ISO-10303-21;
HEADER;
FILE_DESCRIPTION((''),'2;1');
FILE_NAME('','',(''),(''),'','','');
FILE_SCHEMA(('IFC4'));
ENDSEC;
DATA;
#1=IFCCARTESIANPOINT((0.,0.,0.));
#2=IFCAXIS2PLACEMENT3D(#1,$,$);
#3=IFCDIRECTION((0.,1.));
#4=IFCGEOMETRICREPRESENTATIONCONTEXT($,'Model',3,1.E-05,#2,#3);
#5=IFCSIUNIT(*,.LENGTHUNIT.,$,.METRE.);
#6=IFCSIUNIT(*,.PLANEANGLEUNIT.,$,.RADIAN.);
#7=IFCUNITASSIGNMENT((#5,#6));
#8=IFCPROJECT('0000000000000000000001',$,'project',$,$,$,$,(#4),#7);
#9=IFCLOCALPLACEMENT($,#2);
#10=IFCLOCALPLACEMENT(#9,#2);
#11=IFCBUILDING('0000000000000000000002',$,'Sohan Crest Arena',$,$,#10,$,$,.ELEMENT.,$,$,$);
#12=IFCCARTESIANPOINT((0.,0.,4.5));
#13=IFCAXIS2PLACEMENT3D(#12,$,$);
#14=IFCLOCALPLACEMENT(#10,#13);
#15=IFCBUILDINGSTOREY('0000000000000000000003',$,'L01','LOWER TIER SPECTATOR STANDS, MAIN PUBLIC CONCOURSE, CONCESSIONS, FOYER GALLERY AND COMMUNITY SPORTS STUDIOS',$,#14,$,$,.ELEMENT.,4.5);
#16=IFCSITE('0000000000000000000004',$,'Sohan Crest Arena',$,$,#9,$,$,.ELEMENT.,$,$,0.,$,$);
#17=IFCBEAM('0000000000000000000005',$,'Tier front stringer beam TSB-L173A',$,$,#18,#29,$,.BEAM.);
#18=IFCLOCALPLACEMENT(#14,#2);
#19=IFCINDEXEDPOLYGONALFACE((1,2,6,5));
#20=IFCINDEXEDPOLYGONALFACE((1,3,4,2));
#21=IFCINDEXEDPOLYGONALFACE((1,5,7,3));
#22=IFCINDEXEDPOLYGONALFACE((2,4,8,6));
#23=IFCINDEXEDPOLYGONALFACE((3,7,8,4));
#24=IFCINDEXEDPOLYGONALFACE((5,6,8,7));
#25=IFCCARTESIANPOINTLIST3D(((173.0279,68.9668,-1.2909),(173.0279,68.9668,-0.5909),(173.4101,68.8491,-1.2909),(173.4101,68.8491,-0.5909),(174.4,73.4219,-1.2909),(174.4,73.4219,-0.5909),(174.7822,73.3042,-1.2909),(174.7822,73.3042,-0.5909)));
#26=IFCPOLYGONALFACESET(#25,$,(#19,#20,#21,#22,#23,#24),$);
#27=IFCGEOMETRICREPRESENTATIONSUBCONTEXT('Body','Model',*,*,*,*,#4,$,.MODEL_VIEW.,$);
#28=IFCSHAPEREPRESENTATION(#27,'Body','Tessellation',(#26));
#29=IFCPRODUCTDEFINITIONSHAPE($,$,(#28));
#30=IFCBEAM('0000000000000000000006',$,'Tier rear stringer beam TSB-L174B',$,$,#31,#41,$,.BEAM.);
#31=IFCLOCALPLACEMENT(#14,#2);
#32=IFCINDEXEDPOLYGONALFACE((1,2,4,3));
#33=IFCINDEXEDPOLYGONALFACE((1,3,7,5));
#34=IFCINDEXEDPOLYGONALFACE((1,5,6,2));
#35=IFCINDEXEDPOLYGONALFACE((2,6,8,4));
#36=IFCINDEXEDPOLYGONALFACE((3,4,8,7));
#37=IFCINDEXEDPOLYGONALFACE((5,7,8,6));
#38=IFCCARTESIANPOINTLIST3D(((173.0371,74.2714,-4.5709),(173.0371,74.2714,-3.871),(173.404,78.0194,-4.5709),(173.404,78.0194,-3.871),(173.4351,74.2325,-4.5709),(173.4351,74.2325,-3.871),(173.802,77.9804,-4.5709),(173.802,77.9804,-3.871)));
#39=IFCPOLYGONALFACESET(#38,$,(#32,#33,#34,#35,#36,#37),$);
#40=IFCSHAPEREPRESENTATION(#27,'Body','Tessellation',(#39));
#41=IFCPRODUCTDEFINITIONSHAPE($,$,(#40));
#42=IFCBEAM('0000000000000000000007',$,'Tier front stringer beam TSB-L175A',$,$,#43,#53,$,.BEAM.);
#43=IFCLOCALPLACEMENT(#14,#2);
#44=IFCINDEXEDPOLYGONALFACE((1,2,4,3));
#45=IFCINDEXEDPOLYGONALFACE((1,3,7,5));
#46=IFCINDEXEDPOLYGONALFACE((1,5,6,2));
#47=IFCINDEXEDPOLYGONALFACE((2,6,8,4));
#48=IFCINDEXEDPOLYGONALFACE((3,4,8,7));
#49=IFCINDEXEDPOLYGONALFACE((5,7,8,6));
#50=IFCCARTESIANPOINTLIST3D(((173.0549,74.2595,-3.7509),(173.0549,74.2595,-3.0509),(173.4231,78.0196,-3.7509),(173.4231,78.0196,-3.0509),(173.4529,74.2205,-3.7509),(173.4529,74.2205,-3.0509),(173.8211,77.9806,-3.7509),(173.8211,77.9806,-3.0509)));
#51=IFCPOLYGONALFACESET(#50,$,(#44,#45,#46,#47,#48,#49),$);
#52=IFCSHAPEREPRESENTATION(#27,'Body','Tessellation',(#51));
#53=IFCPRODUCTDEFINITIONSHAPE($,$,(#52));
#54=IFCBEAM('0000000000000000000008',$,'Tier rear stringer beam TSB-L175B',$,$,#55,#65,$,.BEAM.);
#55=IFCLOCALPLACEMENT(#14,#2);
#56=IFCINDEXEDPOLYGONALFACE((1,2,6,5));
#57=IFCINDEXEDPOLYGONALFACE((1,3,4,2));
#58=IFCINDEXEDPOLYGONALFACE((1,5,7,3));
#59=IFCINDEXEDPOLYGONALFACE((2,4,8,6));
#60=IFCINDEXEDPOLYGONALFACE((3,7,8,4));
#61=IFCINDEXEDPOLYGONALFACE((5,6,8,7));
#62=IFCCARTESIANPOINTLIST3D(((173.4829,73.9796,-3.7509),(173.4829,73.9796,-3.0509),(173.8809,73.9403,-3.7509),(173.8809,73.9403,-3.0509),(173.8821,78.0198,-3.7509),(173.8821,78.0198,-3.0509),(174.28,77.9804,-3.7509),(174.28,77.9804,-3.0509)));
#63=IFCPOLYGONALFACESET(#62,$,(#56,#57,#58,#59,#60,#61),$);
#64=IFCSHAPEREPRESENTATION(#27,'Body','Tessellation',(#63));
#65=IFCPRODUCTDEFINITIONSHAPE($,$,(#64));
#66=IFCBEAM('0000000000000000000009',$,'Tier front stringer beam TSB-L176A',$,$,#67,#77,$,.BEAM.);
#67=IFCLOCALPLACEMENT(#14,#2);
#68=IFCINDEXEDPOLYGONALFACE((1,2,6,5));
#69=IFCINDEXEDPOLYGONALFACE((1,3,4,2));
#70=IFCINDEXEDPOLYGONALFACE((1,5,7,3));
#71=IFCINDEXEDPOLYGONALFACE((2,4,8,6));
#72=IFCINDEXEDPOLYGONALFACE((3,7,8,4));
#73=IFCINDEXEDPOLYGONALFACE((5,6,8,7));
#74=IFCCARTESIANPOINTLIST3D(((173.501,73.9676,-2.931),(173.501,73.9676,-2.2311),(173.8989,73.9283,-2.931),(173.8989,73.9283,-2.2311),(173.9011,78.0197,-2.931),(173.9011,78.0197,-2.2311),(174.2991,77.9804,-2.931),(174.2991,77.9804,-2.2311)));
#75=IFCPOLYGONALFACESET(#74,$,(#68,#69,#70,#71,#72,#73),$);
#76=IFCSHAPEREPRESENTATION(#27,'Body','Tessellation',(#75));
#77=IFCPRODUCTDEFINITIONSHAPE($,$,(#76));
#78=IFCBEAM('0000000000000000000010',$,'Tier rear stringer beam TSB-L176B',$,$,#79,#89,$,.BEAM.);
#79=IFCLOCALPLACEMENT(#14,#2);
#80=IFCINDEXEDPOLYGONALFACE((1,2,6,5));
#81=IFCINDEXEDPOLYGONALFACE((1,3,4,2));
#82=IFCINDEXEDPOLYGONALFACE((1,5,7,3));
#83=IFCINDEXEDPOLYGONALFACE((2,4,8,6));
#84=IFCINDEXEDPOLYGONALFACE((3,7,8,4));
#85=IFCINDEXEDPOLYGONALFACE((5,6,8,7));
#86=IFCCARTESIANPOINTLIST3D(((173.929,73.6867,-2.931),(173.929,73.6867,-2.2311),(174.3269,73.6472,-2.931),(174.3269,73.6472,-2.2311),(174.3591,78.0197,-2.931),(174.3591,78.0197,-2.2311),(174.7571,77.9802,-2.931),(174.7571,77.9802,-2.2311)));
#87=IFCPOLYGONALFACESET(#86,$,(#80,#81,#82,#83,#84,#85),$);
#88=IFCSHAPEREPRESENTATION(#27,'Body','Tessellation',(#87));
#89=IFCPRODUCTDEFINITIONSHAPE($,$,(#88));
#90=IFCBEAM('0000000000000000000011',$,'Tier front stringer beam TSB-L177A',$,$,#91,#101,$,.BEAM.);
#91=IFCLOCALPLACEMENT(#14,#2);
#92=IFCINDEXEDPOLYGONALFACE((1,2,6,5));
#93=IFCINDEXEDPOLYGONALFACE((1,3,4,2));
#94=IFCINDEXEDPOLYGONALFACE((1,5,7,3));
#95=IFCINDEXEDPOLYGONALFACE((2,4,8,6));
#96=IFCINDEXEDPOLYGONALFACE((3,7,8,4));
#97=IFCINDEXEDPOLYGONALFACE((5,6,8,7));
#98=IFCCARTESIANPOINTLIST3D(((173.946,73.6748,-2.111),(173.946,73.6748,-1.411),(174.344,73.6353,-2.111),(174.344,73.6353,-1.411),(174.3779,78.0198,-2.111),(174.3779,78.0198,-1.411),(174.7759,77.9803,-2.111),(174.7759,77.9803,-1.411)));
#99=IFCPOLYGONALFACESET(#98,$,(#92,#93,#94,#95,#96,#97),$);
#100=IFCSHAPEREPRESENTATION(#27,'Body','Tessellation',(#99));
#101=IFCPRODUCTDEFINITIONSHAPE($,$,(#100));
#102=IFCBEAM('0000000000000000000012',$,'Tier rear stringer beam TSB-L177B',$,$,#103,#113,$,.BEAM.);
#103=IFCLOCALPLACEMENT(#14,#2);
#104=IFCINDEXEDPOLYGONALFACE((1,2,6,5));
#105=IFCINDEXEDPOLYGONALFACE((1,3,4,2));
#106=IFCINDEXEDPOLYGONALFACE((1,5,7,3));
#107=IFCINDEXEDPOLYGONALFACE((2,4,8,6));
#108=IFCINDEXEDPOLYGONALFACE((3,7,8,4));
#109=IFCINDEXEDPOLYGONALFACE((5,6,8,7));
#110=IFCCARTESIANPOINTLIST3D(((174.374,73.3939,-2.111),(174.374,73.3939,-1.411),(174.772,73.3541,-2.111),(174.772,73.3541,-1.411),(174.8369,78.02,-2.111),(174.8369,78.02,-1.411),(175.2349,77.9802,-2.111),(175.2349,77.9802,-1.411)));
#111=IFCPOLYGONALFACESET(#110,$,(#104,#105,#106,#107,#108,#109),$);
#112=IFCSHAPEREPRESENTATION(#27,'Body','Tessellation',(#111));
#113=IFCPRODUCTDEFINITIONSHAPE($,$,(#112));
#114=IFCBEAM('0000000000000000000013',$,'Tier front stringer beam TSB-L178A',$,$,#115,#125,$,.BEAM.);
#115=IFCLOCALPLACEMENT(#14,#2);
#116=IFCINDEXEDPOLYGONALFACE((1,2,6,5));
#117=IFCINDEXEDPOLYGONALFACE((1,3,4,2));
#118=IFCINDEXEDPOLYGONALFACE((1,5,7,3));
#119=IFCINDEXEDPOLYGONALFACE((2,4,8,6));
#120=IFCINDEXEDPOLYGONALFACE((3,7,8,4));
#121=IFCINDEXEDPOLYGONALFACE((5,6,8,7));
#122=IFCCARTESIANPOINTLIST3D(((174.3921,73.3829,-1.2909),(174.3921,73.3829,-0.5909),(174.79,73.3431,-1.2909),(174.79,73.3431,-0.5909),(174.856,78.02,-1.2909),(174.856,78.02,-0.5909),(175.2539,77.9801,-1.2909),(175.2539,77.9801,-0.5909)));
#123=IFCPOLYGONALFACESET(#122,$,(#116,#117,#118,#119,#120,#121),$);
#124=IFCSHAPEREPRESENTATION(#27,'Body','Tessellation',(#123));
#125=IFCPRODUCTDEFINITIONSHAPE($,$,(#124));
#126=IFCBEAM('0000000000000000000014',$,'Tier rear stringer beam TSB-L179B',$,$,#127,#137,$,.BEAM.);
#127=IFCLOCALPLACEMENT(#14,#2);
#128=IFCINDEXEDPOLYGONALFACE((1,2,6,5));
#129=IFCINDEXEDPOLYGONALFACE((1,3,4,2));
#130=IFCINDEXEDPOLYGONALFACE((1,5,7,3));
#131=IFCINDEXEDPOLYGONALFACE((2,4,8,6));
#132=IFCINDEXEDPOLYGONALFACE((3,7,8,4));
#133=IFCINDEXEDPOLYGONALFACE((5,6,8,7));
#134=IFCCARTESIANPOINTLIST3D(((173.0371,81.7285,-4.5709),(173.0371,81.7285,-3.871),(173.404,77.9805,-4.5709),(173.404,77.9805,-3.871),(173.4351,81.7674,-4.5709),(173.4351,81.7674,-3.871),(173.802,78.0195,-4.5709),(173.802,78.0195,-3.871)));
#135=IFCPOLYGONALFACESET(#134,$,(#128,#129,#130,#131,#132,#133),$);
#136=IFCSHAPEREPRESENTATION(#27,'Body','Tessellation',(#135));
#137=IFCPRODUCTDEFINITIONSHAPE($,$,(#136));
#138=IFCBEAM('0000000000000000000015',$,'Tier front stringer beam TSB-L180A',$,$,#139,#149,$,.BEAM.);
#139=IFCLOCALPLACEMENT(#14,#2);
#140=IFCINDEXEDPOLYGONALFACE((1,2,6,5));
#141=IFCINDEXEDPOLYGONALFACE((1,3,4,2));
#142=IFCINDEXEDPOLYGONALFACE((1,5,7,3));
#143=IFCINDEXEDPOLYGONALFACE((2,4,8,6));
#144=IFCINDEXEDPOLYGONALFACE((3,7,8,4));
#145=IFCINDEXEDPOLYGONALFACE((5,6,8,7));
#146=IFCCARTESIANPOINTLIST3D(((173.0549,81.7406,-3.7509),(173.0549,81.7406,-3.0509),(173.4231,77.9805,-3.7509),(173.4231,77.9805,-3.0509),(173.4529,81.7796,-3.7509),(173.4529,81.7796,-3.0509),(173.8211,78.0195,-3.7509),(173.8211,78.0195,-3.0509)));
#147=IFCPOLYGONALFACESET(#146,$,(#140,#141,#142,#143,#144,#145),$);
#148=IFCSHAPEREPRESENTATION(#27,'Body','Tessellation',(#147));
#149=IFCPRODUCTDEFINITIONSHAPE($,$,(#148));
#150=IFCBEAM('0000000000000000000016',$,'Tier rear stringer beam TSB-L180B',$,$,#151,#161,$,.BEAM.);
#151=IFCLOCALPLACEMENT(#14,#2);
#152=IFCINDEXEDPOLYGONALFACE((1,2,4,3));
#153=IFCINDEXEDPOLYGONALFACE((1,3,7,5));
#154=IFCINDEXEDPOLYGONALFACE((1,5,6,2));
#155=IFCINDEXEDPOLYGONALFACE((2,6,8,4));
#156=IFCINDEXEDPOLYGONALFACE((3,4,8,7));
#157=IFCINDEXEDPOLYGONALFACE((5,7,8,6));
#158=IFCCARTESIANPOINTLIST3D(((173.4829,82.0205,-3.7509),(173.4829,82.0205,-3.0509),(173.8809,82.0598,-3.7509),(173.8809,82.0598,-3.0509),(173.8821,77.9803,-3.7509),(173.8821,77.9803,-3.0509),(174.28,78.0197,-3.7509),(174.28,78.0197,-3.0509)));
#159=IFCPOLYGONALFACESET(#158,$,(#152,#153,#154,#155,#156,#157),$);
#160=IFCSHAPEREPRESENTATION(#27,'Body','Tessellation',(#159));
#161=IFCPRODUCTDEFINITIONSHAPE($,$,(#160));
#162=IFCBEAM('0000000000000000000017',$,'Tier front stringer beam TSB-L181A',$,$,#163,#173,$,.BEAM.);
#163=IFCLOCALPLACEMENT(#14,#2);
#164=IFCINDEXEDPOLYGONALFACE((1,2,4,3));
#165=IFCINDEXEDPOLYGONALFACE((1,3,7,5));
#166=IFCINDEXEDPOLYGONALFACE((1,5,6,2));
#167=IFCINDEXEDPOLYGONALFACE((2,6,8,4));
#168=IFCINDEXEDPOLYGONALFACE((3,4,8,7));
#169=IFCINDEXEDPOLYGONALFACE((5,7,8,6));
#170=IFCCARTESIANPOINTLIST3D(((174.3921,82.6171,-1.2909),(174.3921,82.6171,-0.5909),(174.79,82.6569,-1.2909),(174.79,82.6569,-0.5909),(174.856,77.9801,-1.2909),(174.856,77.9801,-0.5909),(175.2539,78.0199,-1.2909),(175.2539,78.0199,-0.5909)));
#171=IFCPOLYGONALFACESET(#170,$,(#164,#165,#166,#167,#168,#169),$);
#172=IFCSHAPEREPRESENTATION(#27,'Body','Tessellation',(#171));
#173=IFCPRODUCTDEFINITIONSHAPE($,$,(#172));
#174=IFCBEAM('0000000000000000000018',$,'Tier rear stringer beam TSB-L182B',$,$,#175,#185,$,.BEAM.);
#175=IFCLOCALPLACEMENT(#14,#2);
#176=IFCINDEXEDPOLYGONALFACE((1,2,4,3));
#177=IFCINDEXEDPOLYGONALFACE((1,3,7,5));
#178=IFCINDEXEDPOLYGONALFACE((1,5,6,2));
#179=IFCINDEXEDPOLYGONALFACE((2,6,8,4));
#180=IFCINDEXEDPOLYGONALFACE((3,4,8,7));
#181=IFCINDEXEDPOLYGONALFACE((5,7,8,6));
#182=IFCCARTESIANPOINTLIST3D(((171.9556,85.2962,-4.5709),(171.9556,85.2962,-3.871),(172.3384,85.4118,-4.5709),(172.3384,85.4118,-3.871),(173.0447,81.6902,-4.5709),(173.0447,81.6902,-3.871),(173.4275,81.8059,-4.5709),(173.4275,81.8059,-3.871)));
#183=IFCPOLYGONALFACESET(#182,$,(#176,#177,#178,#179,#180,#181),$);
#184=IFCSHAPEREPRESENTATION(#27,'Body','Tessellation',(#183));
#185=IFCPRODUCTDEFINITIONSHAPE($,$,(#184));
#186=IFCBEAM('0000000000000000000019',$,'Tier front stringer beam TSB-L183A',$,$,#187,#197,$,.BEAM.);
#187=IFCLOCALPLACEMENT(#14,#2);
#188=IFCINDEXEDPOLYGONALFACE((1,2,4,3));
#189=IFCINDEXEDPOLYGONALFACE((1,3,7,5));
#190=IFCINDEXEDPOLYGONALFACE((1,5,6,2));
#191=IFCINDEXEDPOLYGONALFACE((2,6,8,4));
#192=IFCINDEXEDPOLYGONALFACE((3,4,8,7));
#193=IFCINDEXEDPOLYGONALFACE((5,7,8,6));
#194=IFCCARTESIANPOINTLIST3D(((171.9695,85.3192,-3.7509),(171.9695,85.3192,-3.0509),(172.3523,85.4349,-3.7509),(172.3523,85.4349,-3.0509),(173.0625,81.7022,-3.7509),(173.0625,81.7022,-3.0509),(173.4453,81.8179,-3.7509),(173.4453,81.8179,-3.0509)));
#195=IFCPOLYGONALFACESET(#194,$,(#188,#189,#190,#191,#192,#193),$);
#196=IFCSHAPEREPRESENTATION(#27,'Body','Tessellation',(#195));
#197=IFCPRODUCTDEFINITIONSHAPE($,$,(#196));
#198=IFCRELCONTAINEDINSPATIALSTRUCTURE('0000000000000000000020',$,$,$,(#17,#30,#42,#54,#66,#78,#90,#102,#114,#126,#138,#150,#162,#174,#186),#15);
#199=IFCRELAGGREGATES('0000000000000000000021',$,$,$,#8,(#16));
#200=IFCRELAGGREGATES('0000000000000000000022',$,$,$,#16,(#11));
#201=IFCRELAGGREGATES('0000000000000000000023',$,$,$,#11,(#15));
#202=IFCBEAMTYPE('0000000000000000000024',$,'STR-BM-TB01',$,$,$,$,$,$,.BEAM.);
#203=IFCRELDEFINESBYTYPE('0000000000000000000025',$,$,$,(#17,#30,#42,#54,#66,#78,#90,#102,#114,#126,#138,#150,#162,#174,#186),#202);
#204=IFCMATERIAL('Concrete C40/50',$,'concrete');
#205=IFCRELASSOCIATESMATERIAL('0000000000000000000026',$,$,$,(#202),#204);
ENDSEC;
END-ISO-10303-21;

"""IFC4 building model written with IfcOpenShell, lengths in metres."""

from ifc_helpers import new_model, si_unit, direction, frame, origin, origin_2d, place, context, subcontext, project, spatial, rectangle, extrude, material, material_profile, profile_set, type_object, element, save


model = new_model("IFC4")

# Units and contexts
model_context = context("Model", 3, precision=1e-05, world=origin(), true_north=direction((0.0, 1.0)))
body_context = subcontext(model_context, "Body", "Model", "MODEL_VIEW")
ifc_project = project(units=[si_unit("LENGTHUNIT", "METRE"), si_unit("PLANEANGLEUNIT", "RADIAN")], contexts=[model_context])

# Site, building, storey
site_placement = place(None, origin())
site = spatial("IfcSite", under=ifc_project, at=site_placement, Name="Sohan Crest Arena", CompositionType="ELEMENT", RefElevation=0.0)
building_placement = place(site_placement, origin())
building = spatial("IfcBuilding", under=site, at=building_placement, Name="Sohan Crest Arena", CompositionType="ELEMENT")
storey_placement = place(building_placement, frame((0.0, 0.0, 4.5)))
storey = spatial("IfcBuildingStorey", under=building, at=storey_placement, Name="L01", Description="LOWER TIER SPECTATOR STANDS, MAIN PUBLIC CONCOURSE, CONCESSIONS, FOYER GALLERY AND COMMUNITY SPORTS STUDIOS", CompositionType="ELEMENT", Elevation=4.5)

# Shared definitions
ifc_material_1 = material(Name="Concrete C40/50", Category="concrete")

# Beams
ifc_material_profile_1 = material_profile(ifc_material_1, rectangle(XDim=0.3999, YDim=0.7, at=origin_2d()), Name="RC-BM 400x700")
ifc_profile_set_1 = profile_set([ifc_material_profile_1], Name="Concrete C40/50")
beam_type_1 = type_object("IfcBeamType", Name="STR-BM-TB01", PredefinedType="BEAM", material=ifc_profile_set_1)
beam_1_placement = place(storey_placement, frame((173.219, 68.908, -0.9409), z_axis=(0.294336, 0.955702, 0.0), x_axis=(-0.955702, 0.294336, 0.0)))
element("IfcBeam", 1, at=beam_1_placement, inside=storey, type_object=beam_type_1, Name="Tier front stringer beam TSB-L173A", PredefinedType="BEAM", context=body_context, shape_type="SweptSolid", body=[
    extrude(rectangle(XDim=0.3999, YDim=0.7, at=origin_2d()), origin(), (0.0, 0.0, 1.0), 4.6616),
])
beam_2_placement = place(storey_placement, frame((173.2361, 74.252, -4.2209), z_axis=(0.097437, 0.995242, 0.0), x_axis=(-0.995242, 0.097437, 0.0)))
element("IfcBeam", 2, at=beam_2_placement, inside=storey, type_object=beam_type_1, Name="Tier rear stringer beam TSB-L174B", PredefinedType="BEAM", context=body_context, shape_type="SweptSolid", body=[
    extrude(rectangle(XDim=0.3999, YDim=0.7, at=origin_2d()), origin(), (0.0, 0.0, 1.0), 3.7659),
])
beam_3_placement = place(storey_placement, frame((173.2539, 74.24, -3.4009), z_axis=(0.09745, 0.99524, 0.0), x_axis=(-0.99524, 0.09745, 0.0)))
element("IfcBeam", 3, at=beam_3_placement, inside=storey, type_object=beam_type_1, Name="Tier front stringer beam TSB-L175A", PredefinedType="BEAM", context=body_context, shape_type="SweptSolid", body=[
    extrude(rectangle(XDim=0.3999, YDim=0.7, at=origin_2d()), origin(), (0.0, 0.0, 1.0), 3.7781),
])
beam_4_placement = place(storey_placement, frame((173.6819, 73.96, -3.4009), z_axis=(0.098325, 0.995154, 0.0), x_axis=(-0.995154, 0.098325, 0.0)))
element("IfcBeam", 4, at=beam_4_placement, inside=storey, type_object=beam_type_1, Name="Tier rear stringer beam TSB-L175B", PredefinedType="BEAM", context=body_context, shape_type="SweptSolid", body=[
    extrude(rectangle(XDim=0.3999, YDim=0.7, at=origin_2d()), origin(), (0.0, 0.0, 1.0), 4.0598),
])
beam_5_placement = place(storey_placement, frame((173.7, 73.948, -2.5811), z_axis=(0.098275, 0.995159, 0.0), x_axis=(-0.995159, 0.098275, 0.0)))
element("IfcBeam", 5, at=beam_5_placement, inside=storey, type_object=beam_type_1, Name="Tier front stringer beam TSB-L176A", PredefinedType="BEAM", context=body_context, shape_type="SweptSolid", body=[
    extrude(rectangle(XDim=0.3999, YDim=0.7, at=origin_2d()), origin(), (0.0, 0.0, 1.0), 4.0718),
])
beam_6_placement = place(storey_placement, frame((174.1279, 73.667, -2.5811), z_axis=(0.098793, 0.995108, 0.0), x_axis=(-0.995108, 0.098793, 0.0)))
element("IfcBeam", 6, at=beam_6_placement, inside=storey, type_object=beam_type_1, Name="Tier rear stringer beam TSB-L176B", PredefinedType="BEAM", context=body_context, shape_type="SweptSolid", body=[
    extrude(rectangle(XDim=0.3999, YDim=0.7, at=origin_2d()), origin(), (0.0, 0.0, 1.0), 4.3542),
])
beam_7_placement = place(storey_placement, frame((174.145, 73.655, -1.761), z_axis=(0.098911, 0.995096, 0.0), x_axis=(-0.995096, 0.098911, 0.0)))
element("IfcBeam", 7, at=beam_7_placement, inside=storey, type_object=beam_type_1, Name="Tier front stringer beam TSB-L177A", PredefinedType="BEAM", context=body_context, shape_type="SweptSolid", body=[
    extrude(rectangle(XDim=0.3999, YDim=0.7, at=origin_2d()), origin(), (0.0, 0.0, 1.0), 4.3665),
])
beam_8_placement = place(storey_placement, frame((174.573, 73.374, -1.761), z_axis=(0.099566, 0.995031, 0.0), x_axis=(-0.995031, 0.099566, 0.0)))
element("IfcBeam", 8, at=beam_8_placement, inside=storey, type_object=beam_type_1, Name="Tier rear stringer beam TSB-L177B", PredefinedType="BEAM", context=body_context, shape_type="SweptSolid", body=[
    extrude(rectangle(XDim=0.3999, YDim=0.7, at=origin_2d()), origin(), (0.0, 0.0, 1.0), 4.6492),
])
beam_9_placement = place(storey_placement, frame((174.5911, 73.363, -0.9409), z_axis=(0.09954, 0.995034, 0.0), x_axis=(-0.995034, 0.09954, 0.0)))
element("IfcBeam", 9, at=beam_9_placement, inside=storey, type_object=beam_type_1, Name="Tier front stringer beam TSB-L178A", PredefinedType="BEAM", context=body_context, shape_type="SweptSolid", body=[
    extrude(rectangle(XDim=0.3999, YDim=0.7, at=origin_2d()), origin(), (0.0, 0.0, 1.0), 4.6602),
])
beam_10_placement = place(storey_placement, frame((173.603, 78.0, -4.2209), z_axis=(-0.097437, 0.995242, 0.0), x_axis=(-0.995242, -0.097437, 0.0)))
element("IfcBeam", 10, at=beam_10_placement, inside=storey, type_object=beam_type_1, Name="Tier rear stringer beam TSB-L179B", PredefinedType="BEAM", context=body_context, shape_type="SweptSolid", body=[
    extrude(rectangle(XDim=0.3999, YDim=0.7, at=origin_2d()), origin(), (0.0, 0.0, 1.0), 3.7659),
])
beam_11_placement = place(storey_placement, frame((173.6221, 78.0, -3.4009), z_axis=(-0.09745, 0.99524, 0.0), x_axis=(-0.99524, -0.09745, 0.0)))
element("IfcBeam", 11, at=beam_11_placement, inside=storey, type_object=beam_type_1, Name="Tier front stringer beam TSB-L180A", PredefinedType="BEAM", context=body_context, shape_type="SweptSolid", body=[
    extrude(rectangle(XDim=0.3999, YDim=0.7, at=origin_2d()), origin(), (0.0, 0.0, 1.0), 3.7781),
])
beam_12_placement = place(storey_placement, frame((174.0811, 78.0, -3.4009), z_axis=(-0.098325, 0.995154, 0.0), x_axis=(-0.995154, -0.098325, 0.0)))
element("IfcBeam", 12, at=beam_12_placement, inside=storey, type_object=beam_type_1, Name="Tier rear stringer beam TSB-L180B", PredefinedType="BEAM", context=body_context, shape_type="SweptSolid", body=[
    extrude(rectangle(XDim=0.3999, YDim=0.7, at=origin_2d()), origin(), (0.0, 0.0, 1.0), 4.0598),
])
beam_13_placement = place(storey_placement, frame((175.0549, 78.0, -0.9409), z_axis=(-0.09954, 0.995034, 0.0), x_axis=(-0.995034, -0.09954, 0.0)))
element("IfcBeam", 13, at=beam_13_placement, inside=storey, type_object=beam_type_1, Name="Tier front stringer beam TSB-L181A", PredefinedType="BEAM", context=body_context, shape_type="SweptSolid", body=[
    extrude(rectangle(XDim=0.3999, YDim=0.7, at=origin_2d()), origin(), (0.0, 0.0, 1.0), 4.6602),
])
beam_14_placement = place(storey_placement, frame((173.2361, 81.748, -4.2209), z_axis=(-0.289131, 0.957289, 0.0), x_axis=(-0.957289, -0.289131, 0.0)))
element("IfcBeam", 14, at=beam_14_placement, inside=storey, type_object=beam_type_1, Name="Tier rear stringer beam TSB-L182B", PredefinedType="BEAM", context=body_context, shape_type="SweptSolid", body=[
    extrude(rectangle(XDim=0.3999, YDim=0.7, at=origin_2d()), origin(), (0.0, 0.0, 1.0), 3.7668),
])
beam_15_placement = place(storey_placement, frame((173.2539, 81.76, -3.4009), z_axis=(-0.289274, 0.957246, 0.0), x_axis=(-0.957246, -0.289274, 0.0)))
element("IfcBeam", 15, at=beam_15_placement, inside=storey, type_object=beam_type_1, Name="Tier front stringer beam TSB-L183A", PredefinedType="BEAM", context=body_context, shape_type="SweptSolid", body=[
    extrude(rectangle(XDim=0.3999, YDim=0.7, at=origin_2d()), origin(), (0.0, 0.0, 1.0), 3.7786),
])

save(model, "model.ifc")
